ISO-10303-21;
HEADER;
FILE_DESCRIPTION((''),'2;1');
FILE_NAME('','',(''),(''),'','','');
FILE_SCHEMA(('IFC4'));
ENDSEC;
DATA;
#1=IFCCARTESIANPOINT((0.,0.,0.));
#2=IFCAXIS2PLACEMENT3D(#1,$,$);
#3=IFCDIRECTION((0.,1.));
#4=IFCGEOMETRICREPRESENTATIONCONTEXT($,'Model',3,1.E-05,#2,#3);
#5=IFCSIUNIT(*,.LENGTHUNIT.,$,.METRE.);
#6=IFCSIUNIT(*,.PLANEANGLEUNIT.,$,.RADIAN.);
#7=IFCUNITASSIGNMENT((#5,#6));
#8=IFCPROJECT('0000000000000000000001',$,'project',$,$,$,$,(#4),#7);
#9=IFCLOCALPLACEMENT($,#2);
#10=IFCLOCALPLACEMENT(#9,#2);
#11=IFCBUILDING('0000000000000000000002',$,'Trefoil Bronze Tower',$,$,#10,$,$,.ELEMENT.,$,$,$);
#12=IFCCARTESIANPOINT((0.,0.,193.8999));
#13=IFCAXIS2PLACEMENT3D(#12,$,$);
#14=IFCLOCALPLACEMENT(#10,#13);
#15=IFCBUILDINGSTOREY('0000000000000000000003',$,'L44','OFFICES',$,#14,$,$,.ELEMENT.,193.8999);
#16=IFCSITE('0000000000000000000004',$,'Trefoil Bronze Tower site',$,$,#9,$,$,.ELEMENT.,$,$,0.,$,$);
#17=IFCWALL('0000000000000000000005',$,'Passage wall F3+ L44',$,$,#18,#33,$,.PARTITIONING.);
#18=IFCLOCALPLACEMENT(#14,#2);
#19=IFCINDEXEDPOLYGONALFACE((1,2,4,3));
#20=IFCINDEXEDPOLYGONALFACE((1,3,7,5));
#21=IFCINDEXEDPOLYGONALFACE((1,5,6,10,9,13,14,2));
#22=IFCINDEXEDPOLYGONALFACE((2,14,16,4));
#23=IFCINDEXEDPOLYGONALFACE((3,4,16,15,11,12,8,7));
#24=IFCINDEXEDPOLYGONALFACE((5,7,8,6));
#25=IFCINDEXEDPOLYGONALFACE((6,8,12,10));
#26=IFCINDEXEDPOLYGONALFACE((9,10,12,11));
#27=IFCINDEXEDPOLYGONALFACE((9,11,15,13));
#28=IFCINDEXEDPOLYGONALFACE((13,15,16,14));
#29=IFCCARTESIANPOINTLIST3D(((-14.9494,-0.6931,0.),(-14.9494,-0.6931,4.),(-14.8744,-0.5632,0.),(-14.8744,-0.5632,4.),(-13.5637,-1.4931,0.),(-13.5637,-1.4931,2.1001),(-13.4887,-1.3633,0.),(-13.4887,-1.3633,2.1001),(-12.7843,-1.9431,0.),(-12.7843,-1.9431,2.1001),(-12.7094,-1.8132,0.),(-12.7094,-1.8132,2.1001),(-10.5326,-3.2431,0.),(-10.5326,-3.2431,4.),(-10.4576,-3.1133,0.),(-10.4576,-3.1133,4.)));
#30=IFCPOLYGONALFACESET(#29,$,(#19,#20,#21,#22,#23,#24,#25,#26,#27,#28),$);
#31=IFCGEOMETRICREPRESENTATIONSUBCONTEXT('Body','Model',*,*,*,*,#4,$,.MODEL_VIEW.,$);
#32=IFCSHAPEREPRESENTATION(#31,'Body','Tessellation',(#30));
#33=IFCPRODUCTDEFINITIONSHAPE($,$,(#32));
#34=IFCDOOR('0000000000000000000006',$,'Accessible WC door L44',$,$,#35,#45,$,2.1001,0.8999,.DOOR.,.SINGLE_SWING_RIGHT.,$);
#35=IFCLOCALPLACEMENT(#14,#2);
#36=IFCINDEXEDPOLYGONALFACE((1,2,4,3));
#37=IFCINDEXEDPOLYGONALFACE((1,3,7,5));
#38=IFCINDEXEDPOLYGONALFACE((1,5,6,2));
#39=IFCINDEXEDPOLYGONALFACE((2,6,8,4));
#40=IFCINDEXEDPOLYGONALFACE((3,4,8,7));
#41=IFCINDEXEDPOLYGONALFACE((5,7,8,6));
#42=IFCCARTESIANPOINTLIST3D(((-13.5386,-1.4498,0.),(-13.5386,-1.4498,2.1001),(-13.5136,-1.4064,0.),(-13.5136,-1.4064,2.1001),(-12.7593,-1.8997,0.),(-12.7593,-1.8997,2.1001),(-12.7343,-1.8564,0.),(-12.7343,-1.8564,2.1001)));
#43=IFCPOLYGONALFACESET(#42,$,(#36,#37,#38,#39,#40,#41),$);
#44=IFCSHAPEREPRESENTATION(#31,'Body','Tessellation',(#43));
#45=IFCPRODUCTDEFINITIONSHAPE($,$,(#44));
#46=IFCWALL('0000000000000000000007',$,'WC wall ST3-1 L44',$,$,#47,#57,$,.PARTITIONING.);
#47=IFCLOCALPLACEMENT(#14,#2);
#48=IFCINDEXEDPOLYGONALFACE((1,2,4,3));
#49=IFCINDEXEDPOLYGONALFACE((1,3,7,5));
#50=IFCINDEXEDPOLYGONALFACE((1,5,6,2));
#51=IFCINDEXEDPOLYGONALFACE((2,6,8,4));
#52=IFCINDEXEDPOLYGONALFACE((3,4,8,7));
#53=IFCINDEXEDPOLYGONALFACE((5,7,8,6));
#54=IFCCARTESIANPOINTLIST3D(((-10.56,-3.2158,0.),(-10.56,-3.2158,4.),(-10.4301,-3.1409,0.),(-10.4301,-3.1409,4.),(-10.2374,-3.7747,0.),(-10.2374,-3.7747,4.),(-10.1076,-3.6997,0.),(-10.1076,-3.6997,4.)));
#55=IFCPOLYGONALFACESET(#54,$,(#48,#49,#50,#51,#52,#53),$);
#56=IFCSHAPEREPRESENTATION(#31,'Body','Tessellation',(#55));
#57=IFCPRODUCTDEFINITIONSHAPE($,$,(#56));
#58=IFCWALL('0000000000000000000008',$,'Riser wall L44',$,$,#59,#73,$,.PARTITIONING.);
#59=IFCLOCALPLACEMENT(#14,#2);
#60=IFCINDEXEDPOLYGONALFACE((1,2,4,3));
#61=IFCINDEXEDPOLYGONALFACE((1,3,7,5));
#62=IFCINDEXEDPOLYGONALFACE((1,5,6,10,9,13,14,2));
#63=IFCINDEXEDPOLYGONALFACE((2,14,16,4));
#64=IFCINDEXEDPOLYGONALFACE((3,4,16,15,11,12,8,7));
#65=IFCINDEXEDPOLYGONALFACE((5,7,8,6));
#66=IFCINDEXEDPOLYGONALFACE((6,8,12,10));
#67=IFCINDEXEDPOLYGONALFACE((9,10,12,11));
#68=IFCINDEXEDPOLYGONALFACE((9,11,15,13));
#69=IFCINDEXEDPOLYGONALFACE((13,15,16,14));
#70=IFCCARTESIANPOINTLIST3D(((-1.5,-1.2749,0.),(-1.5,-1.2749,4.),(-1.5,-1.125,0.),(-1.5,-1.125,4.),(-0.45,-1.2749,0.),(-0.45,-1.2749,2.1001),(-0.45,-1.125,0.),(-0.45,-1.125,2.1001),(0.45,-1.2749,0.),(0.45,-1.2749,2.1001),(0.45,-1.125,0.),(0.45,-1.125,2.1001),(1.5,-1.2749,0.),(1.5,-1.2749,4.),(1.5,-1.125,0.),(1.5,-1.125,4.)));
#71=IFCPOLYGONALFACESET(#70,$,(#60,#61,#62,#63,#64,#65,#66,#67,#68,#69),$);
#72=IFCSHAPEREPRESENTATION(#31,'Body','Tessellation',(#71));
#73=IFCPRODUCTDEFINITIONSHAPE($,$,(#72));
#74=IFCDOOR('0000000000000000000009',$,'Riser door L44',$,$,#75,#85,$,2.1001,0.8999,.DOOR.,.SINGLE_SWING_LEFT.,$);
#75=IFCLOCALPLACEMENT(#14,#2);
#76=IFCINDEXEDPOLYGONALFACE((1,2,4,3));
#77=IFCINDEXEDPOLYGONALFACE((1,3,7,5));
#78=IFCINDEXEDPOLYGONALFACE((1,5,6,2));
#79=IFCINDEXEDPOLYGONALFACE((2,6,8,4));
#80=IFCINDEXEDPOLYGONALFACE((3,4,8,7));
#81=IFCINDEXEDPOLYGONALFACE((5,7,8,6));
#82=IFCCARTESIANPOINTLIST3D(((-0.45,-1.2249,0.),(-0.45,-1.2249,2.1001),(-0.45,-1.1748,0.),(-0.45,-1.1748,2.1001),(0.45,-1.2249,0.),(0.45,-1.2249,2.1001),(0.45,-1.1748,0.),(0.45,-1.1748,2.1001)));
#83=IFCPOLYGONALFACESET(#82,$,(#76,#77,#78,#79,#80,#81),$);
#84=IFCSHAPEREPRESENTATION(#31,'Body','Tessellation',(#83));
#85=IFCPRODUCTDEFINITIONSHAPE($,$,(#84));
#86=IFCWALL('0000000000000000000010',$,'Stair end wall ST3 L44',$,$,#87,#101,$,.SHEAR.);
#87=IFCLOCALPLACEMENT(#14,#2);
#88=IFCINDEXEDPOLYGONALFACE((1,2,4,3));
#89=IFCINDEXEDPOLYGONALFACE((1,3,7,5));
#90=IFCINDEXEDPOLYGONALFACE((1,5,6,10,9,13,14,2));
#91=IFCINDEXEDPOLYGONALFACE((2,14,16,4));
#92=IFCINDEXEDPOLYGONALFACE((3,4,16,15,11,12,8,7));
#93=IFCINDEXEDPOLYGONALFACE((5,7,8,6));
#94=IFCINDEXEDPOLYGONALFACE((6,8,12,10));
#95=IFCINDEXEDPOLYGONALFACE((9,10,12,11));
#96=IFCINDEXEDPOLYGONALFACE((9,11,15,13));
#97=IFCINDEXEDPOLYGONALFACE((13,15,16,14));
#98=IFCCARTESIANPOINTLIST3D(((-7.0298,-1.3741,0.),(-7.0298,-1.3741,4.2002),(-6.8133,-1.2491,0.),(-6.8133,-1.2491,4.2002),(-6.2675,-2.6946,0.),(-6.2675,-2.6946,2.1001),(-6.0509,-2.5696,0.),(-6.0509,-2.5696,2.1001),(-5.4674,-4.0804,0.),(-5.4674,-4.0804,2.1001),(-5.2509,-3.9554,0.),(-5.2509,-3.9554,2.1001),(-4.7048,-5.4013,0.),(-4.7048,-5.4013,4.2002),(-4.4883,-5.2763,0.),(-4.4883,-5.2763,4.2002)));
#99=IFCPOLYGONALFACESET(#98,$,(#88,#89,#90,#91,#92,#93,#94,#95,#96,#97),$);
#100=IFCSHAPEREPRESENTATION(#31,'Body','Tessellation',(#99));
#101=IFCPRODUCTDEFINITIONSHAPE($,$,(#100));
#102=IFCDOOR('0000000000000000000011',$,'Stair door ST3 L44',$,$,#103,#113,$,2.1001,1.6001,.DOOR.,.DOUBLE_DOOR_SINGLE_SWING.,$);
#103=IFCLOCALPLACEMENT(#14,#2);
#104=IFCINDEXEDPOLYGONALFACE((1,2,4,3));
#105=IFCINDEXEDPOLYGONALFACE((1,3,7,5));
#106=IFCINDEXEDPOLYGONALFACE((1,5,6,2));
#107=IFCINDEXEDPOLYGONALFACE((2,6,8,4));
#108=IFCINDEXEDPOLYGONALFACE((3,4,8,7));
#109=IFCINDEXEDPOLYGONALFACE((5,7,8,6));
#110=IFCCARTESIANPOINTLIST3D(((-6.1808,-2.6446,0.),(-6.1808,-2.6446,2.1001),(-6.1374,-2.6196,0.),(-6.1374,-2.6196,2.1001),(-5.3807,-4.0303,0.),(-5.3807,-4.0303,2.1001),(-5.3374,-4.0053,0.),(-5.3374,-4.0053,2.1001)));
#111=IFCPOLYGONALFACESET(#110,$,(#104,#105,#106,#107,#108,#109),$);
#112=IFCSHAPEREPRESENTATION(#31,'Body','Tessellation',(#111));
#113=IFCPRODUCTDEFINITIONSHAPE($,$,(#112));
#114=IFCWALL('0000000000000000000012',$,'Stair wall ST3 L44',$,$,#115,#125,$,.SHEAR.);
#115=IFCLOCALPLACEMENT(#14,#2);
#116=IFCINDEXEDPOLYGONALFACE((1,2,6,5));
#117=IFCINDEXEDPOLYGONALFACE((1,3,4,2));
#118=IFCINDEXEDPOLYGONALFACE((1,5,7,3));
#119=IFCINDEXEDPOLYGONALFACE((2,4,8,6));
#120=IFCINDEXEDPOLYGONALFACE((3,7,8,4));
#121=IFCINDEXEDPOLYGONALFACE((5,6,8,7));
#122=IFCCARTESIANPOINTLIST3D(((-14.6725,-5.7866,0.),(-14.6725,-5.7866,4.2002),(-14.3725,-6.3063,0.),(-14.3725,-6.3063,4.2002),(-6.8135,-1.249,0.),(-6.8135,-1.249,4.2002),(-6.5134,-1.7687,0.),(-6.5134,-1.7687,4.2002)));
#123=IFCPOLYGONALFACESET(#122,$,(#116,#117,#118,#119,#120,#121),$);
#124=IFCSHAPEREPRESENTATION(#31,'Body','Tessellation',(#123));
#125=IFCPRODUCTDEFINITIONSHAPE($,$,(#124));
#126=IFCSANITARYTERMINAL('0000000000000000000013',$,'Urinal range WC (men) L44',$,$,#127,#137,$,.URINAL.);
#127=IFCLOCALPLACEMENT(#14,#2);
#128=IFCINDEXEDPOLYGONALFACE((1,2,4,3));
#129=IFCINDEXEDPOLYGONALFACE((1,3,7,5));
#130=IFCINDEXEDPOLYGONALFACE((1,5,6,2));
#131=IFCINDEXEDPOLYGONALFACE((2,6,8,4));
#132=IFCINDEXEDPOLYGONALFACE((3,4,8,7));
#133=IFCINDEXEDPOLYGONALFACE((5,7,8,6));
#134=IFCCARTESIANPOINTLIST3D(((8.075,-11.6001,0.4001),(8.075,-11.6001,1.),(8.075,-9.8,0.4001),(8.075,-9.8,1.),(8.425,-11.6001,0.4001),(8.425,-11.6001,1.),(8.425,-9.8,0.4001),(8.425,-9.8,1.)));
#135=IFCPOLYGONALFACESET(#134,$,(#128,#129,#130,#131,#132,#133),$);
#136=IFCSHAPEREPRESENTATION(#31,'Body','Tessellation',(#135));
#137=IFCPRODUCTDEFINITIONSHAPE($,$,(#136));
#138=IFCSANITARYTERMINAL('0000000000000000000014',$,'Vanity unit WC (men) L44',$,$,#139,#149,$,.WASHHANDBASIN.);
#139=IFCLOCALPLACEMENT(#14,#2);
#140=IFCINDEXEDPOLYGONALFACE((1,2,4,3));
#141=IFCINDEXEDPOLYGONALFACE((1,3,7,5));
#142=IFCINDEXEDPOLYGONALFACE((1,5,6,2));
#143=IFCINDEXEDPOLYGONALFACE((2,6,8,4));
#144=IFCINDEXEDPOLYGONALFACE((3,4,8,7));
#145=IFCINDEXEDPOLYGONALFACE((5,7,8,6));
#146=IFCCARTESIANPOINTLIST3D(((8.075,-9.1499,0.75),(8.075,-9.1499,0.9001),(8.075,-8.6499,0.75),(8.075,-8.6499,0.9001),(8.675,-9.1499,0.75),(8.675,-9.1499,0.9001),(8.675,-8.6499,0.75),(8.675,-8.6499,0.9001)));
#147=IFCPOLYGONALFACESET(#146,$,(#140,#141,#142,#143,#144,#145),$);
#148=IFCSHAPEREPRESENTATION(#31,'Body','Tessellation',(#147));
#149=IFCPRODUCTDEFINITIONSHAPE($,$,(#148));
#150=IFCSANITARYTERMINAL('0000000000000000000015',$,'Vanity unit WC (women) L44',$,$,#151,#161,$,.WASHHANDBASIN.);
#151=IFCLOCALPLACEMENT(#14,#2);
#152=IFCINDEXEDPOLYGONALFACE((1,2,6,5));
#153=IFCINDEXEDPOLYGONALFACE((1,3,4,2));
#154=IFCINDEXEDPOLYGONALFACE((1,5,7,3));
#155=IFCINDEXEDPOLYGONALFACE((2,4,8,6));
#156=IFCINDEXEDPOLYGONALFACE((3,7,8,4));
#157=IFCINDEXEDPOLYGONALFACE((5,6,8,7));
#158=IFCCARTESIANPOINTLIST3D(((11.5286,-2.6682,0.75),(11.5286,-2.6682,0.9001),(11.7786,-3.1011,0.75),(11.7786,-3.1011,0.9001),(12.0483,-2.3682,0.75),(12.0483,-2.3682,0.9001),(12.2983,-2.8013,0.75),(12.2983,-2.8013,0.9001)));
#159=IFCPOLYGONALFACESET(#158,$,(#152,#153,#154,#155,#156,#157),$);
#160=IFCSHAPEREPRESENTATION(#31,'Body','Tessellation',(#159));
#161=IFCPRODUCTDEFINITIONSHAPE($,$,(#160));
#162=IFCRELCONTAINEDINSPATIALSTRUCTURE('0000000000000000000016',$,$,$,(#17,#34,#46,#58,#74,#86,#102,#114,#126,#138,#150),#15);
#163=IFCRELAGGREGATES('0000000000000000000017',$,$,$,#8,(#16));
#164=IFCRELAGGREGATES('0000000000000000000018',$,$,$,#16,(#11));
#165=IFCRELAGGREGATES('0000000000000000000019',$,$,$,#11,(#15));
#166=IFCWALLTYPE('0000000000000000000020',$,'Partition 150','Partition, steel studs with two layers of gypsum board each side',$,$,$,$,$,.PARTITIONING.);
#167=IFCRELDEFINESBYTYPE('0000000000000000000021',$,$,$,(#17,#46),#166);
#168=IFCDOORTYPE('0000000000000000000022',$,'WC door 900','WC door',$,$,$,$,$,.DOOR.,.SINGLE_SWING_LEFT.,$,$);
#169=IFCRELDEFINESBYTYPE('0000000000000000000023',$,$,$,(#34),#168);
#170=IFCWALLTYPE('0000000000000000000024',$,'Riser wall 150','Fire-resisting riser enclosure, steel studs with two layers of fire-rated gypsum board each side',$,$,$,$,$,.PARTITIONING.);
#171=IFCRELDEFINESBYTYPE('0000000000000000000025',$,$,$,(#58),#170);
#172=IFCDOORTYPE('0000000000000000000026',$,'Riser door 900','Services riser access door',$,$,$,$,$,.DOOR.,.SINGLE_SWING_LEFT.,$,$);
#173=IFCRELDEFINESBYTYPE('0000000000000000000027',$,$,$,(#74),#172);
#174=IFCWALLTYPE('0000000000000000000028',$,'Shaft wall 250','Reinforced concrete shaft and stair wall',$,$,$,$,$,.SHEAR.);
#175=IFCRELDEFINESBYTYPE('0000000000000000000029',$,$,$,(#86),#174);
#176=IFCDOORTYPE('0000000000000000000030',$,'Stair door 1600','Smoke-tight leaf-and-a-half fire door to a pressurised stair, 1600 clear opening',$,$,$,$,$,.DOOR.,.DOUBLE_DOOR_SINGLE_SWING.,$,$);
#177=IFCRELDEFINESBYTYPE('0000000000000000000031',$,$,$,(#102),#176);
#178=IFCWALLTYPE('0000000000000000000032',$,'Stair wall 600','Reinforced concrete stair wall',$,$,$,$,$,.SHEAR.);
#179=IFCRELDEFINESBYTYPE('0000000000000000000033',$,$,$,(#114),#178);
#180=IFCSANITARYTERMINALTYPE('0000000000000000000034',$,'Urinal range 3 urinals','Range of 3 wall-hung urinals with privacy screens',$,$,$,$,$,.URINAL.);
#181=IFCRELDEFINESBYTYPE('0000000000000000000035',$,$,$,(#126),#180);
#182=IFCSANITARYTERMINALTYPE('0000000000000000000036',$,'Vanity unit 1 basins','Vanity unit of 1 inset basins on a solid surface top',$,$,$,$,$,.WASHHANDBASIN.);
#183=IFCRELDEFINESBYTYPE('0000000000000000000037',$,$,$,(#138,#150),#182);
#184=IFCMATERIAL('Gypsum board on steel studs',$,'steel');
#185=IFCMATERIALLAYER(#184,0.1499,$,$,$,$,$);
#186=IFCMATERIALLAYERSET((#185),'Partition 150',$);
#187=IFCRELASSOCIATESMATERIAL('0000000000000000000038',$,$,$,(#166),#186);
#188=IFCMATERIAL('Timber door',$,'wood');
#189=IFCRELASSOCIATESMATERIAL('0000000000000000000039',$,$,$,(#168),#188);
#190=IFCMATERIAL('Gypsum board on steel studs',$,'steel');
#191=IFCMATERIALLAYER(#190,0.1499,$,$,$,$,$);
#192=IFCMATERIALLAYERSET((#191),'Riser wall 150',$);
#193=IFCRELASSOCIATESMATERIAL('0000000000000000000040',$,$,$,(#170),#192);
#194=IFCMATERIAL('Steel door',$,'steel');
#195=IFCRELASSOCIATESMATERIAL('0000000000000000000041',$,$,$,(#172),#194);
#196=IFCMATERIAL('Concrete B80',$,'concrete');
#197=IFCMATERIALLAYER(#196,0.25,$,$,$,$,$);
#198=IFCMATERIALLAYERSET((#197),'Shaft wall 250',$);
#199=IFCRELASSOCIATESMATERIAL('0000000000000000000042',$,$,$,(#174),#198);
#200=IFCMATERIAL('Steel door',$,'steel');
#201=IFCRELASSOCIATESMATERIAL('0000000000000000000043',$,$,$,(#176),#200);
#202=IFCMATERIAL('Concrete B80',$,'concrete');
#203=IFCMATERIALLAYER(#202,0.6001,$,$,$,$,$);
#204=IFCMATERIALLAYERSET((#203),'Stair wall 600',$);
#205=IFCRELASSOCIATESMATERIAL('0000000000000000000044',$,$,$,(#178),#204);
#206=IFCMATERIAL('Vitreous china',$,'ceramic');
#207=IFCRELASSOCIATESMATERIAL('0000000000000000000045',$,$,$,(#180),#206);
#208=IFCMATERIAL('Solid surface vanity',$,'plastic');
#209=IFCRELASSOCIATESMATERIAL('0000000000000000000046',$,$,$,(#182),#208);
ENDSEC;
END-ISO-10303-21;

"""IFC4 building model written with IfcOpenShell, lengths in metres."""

from ifc_helpers import new_model, si_unit, direction, frame, frame_2d, origin, place, context, subcontext, project, spatial, polyline, rectangle, outline, extrude, material, layer, layer_set, type_object, element, fill, save


model = new_model("IFC4")

# Units and contexts
model_context = context("Model", 3, precision=1e-05, world=origin(), true_north=direction((0.0, 1.0)))
body_context = subcontext(model_context, "Body", "Model", "MODEL_VIEW")
ifc_project = project(units=[si_unit("LENGTHUNIT", "METRE"), si_unit("PLANEANGLEUNIT", "RADIAN")], contexts=[model_context])

# Site, building, storey
site_placement = place(None, origin())
site = spatial("IfcSite", under=ifc_project, at=site_placement, Name="Trefoil Bronze Tower site", CompositionType="ELEMENT", RefElevation=0.0)
building_placement = place(site_placement, origin())
building = spatial("IfcBuilding", under=site, at=building_placement, Name="Trefoil Bronze Tower", CompositionType="ELEMENT")
storey_placement = place(building_placement, frame((0.0, 0.0, 193.8999)))
storey = spatial("IfcBuildingStorey", under=building, at=storey_placement, Name="L44", Description="OFFICES", CompositionType="ELEMENT", Elevation=193.8999)

# Wall, opening, door
ifc_material_1 = material(Name="Gypsum board on steel studs", Category="steel")
ifc_layer_1 = layer(ifc_material_1, 0.1499)
ifc_layer_set_1 = layer_set([ifc_layer_1], Name="Partition 150")
wall_type_1 = type_object("IfcWallType", Name="Partition 150", Description="Partition, steel studs with two layers of gypsum board each side", PredefinedType="PARTITIONING", material=ifc_layer_set_1)
wall_1_placement = place(storey_placement, frame((-10.4951, -3.1782, 0.0), z_axis=(0.0, 0.0, 1.0), x_axis=(-0.866022, 0.500006, 0.0)))
wall_1 = element("IfcWall", 1, at=wall_1_placement, inside=storey, type_object=wall_type_1, Name="Passage wall F3+ L44", PredefinedType="PARTITIONING", context=body_context, shape_type="SweptSolid", body=[
    extrude(rectangle(XDim=5.1001, YDim=0.1499, at=frame_2d((2.55, 0.0))), origin(), (0.0, 0.0, 1.0), 4.0),
])
opening_1_placement = place(wall_1_placement, frame((2.6001, 0.0, 0.0)))
opening_1 = element("IfcOpeningElement", 2, at=opening_1_placement, cuts=wall_1, PredefinedType="OPENING", context=body_context, shape_type="SweptSolid", body=[
    extrude(rectangle(XDim=0.8999, YDim=2.1001, at=frame_2d((0.45, 1.05))), frame((0.0, 0.085, 0.0), z_axis=(0.0, -1.0, 0.0), x_axis=(1.0, 0.0, 0.0)), (0.0, 0.0, 1.0), 0.1699),
])
ifc_material_2 = material(Name="Timber door", Category="wood")
door_type_1 = type_object("IfcDoorType", Name="WC door 900", Description="WC door", OperationType="SINGLE_SWING_LEFT", PredefinedType="DOOR", material=ifc_material_2)
door_1_placement = place(opening_1_placement, origin())
door_1 = element("IfcDoor", 3, at=door_1_placement, inside=storey, type_object=door_type_1, Name="Accessible WC door L44", OperationType="SINGLE_SWING_RIGHT", OverallHeight=2.1001, OverallWidth=0.8999, PredefinedType="DOOR", context=body_context, shape_type="SweptSolid", body=[
    extrude(rectangle(XDim=0.8999, YDim=2.1001, at=frame_2d((0.45, 1.05))), frame((0.0, 0.0249, 0.0), z_axis=(0.0, -1.0, 0.0), x_axis=(1.0, 0.0, 0.0)), (0.0, 0.0, 1.0), 0.05),
])
fill(opening_1, door_1)

# Wall
wall_2_placement = place(storey_placement, frame((-10.4951, -3.1782, 0.0), z_axis=(0.0, 0.0, 1.0), x_axis=(0.499843, -0.866116, 0.0)))
element("IfcWall", 4, at=wall_2_placement, inside=storey, type_object=wall_type_1, Name="WC wall ST3-1 L44", PredefinedType="PARTITIONING", context=body_context, shape_type="SweptSolid", body=[
    extrude(rectangle(XDim=0.6453, YDim=0.1499, at=frame_2d((0.3228, 0.0))), origin(), (0.0, 0.0, 1.0), 4.0),
])

# Walls, openings, doors
ifc_material_3 = material(Name="Gypsum board on steel studs", Category="steel")
ifc_layer_2 = layer(ifc_material_3, 0.1499)
ifc_layer_set_2 = layer_set([ifc_layer_2], Name="Riser wall 150")
wall_type_2 = type_object("IfcWallType", Name="Riser wall 150", Description="Fire-resisting riser enclosure, steel studs with two layers of fire-rated gypsum board each side", PredefinedType="PARTITIONING", material=ifc_layer_set_2)
wall_3_placement = place(storey_placement, frame((-1.5, -1.2, 0.0), z_axis=(0.0, 0.0, 1.0), x_axis=(1.0, 0.0, 0.0)))
wall_3 = element("IfcWall", 5, at=wall_3_placement, inside=storey, type_object=wall_type_2, Name="Riser wall L44", PredefinedType="PARTITIONING", context=body_context, shape_type="SweptSolid", body=[
    extrude(rectangle(XDim=3.0, YDim=0.1499, at=frame_2d((1.5, 0.0))), origin(), (0.0, 0.0, 1.0), 4.0),
])
opening_2_placement = place(wall_3_placement, frame((1.05, 0.0, 0.0)))
opening_2 = element("IfcOpeningElement", 6, at=opening_2_placement, cuts=wall_3, PredefinedType="OPENING", context=body_context, shape_type="SweptSolid", body=[
    extrude(rectangle(XDim=0.8999, YDim=2.1001, at=frame_2d((0.45, 1.05))), frame((0.0, 0.085, 0.0), z_axis=(0.0, -1.0, 0.0), x_axis=(1.0, 0.0, 0.0)), (0.0, 0.0, 1.0), 0.1699),
])
ifc_material_4 = material(Name="Steel door", Category="steel")
door_type_2 = type_object("IfcDoorType", Name="Riser door 900", Description="Services riser access door", OperationType="SINGLE_SWING_LEFT", PredefinedType="DOOR", material=ifc_material_4)
door_2_placement = place(opening_2_placement, frame((0.8999, 0.0, 0.0), z_axis=(0.0, 0.0, 1.0), x_axis=(-1.0, 0.0, 0.0)))
door_2 = element("IfcDoor", 7, at=door_2_placement, inside=storey, type_object=door_type_2, Name="Riser door L44", OperationType="SINGLE_SWING_LEFT", OverallHeight=2.1001, OverallWidth=0.8999, PredefinedType="DOOR", context=body_context, shape_type="SweptSolid", body=[
    extrude(rectangle(XDim=0.8999, YDim=2.1001, at=frame_2d((0.45, 1.05))), frame((0.0, 0.0249, 0.0), z_axis=(0.0, -1.0, 0.0), x_axis=(1.0, 0.0, 0.0)), (0.0, 0.0, 1.0), 0.05),
])
fill(opening_2, door_2)
ifc_material_5 = material(Name="Concrete B80", Category="concrete")
ifc_layer_3 = layer(ifc_material_5, 0.25)
ifc_layer_set_3 = layer_set([ifc_layer_3], Name="Shaft wall 250")
wall_type_3 = type_object("IfcWallType", Name="Shaft wall 250", Description="Reinforced concrete shaft and stair wall", PredefinedType="SHEAR", material=ifc_layer_set_3)
wall_4_placement = place(storey_placement, frame((-6.9216, -1.3115, 0.0), z_axis=(0.0, 0.0, 1.0), x_axis=(0.499985, -0.866034, 0.0)))
wall_4 = element("IfcWall", 8, at=wall_4_placement, inside=storey, type_object=wall_type_3, Name="Stair end wall ST3 L44", PredefinedType="SHEAR", context=body_context, shape_type="SweptSolid", body=[
    extrude(rectangle(XDim=4.6501, YDim=0.25, at=frame_2d((2.3252, 0.0))), origin(), (0.0, 0.0, 1.0), 4.2002),
])
opening_3_placement = place(wall_4_placement, frame((1.5249, 0.0, 0.0)))
opening_3 = element("IfcOpeningElement", 9, at=opening_3_placement, cuts=wall_4, PredefinedType="OPENING", context=body_context, shape_type="SweptSolid", body=[
    extrude(rectangle(XDim=1.6001, YDim=2.1001, at=frame_2d((0.8, 1.05))), frame((0.0, 0.135, 0.0), z_axis=(0.0, -1.0, 0.0), x_axis=(1.0, 0.0, 0.0)), (0.0, 0.0, 1.0), 0.27),
])
ifc_material_6 = material(Name="Steel door", Category="steel")
door_type_3 = type_object("IfcDoorType", Name="Stair door 1600", Description="Smoke-tight leaf-and-a-half fire door to a pressurised stair, 1600 clear opening", OperationType="DOUBLE_DOOR_SINGLE_SWING", PredefinedType="DOOR", material=ifc_material_6)
door_3_placement = place(opening_3_placement, frame((1.6001, 0.0, 0.0), z_axis=(0.0, 0.0, 1.0), x_axis=(-1.0, 0.0, 0.0)))
door_3 = element("IfcDoor", 10, at=door_3_placement, inside=storey, type_object=door_type_3, Name="Stair door ST3 L44", OperationType="DOUBLE_DOOR_SINGLE_SWING", OverallHeight=2.1001, OverallWidth=1.6001, PredefinedType="DOOR", context=body_context, shape_type="SweptSolid", body=[
    extrude(rectangle(XDim=1.6001, YDim=2.1001, at=frame_2d((0.8, 1.05))), frame((0.0, 0.0249, 0.0), z_axis=(0.0, -1.0, 0.0), x_axis=(1.0, 0.0, 0.0)), (0.0, 0.0, 1.0), 0.05),
])
fill(opening_3, door_3)

# Wall
ifc_material_7 = material(Name="Concrete B80", Category="concrete")
ifc_layer_4 = layer(ifc_material_7, 0.6001)
ifc_layer_set_4 = layer_set([ifc_layer_4], Name="Stair wall 600")
wall_type_4 = type_object("IfcWallType", Name="Stair wall 600", Description="Reinforced concrete stair wall", PredefinedType="SHEAR", material=ifc_layer_set_4)
wall_5_placement = place(storey_placement, frame((-6.6633, -1.5088, 0.0), z_axis=(0.0, 0.0, 1.0), x_axis=(-0.866019, -0.50001, 0.0)))
element("IfcWall", 11, at=wall_5_placement, inside=storey, type_object=wall_type_4, Name="Stair wall ST3 L44", PredefinedType="SHEAR", context=body_context, shape_type="SweptSolid", body=[
    extrude(rectangle(XDim=9.075, YDim=0.6001, at=frame_2d((4.5376, 0.0))), origin(), (0.0, 0.0, 1.0), 4.2002),
])

# Sanitary terminals
ifc_material_8 = material(Name="Vitreous china", Category="ceramic")
sanitary_terminal_type_1 = type_object("IfcSanitaryTerminalType", Name="Urinal range 3 urinals", Description="Range of 3 wall-hung urinals with privacy screens", PredefinedType="URINAL", material=ifc_material_8)
sanitary_terminal_1_placement = place(storey_placement, frame((0.0, 0.0, 0.4001)))
element("IfcSanitaryTerminal", 12, at=sanitary_terminal_1_placement, inside=storey, type_object=sanitary_terminal_type_1, Name="Urinal range WC (men) L44", PredefinedType="URINAL", context=body_context, shape_type="SweptSolid", body=[
    extrude(outline(polyline([(8.075, -9.8), (8.425, -9.8), (8.425, -11.6001), (8.075, -11.6001), (8.075, -9.8)])), origin(), (0.0, 0.0, 1.0), 0.5999),
])
ifc_material_9 = material(Name="Solid surface vanity", Category="plastic")
sanitary_terminal_type_2 = type_object("IfcSanitaryTerminalType", Name="Vanity unit 1 basins", Description="Vanity unit of 1 inset basins on a solid surface top", PredefinedType="WASHHANDBASIN", material=ifc_material_9)
sanitary_terminal_2_placement = place(storey_placement, frame((0.0, 0.0, 0.75)))
element("IfcSanitaryTerminal", 13, at=sanitary_terminal_2_placement, inside=storey, type_object=sanitary_terminal_type_2, Name="Vanity unit WC (men) L44", PredefinedType="WASHHANDBASIN", context=body_context, shape_type="SweptSolid", body=[
    extrude(outline(polyline([(8.075, -8.6499), (8.675, -8.6499), (8.675, -9.1499), (8.075, -9.1499), (8.075, -8.6499)])), origin(), (0.0, 0.0, 1.0), 0.1501),
])
sanitary_terminal_3_placement = place(storey_placement, frame((0.0, 0.0, 0.75)))
element("IfcSanitaryTerminal", 14, at=sanitary_terminal_3_placement, inside=storey, type_object=sanitary_terminal_type_2, Name="Vanity unit WC (women) L44", PredefinedType="WASHHANDBASIN", context=body_context, shape_type="SweptSolid", body=[
    extrude(outline(polyline([(11.5286, -2.6682), (11.7786, -3.1011), (12.2983, -2.8013), (12.0483, -2.3682), (11.5286, -2.6682)])), origin(), (0.0, 0.0, 1.0), 0.1501),
])

save(model, "model.ifc")
